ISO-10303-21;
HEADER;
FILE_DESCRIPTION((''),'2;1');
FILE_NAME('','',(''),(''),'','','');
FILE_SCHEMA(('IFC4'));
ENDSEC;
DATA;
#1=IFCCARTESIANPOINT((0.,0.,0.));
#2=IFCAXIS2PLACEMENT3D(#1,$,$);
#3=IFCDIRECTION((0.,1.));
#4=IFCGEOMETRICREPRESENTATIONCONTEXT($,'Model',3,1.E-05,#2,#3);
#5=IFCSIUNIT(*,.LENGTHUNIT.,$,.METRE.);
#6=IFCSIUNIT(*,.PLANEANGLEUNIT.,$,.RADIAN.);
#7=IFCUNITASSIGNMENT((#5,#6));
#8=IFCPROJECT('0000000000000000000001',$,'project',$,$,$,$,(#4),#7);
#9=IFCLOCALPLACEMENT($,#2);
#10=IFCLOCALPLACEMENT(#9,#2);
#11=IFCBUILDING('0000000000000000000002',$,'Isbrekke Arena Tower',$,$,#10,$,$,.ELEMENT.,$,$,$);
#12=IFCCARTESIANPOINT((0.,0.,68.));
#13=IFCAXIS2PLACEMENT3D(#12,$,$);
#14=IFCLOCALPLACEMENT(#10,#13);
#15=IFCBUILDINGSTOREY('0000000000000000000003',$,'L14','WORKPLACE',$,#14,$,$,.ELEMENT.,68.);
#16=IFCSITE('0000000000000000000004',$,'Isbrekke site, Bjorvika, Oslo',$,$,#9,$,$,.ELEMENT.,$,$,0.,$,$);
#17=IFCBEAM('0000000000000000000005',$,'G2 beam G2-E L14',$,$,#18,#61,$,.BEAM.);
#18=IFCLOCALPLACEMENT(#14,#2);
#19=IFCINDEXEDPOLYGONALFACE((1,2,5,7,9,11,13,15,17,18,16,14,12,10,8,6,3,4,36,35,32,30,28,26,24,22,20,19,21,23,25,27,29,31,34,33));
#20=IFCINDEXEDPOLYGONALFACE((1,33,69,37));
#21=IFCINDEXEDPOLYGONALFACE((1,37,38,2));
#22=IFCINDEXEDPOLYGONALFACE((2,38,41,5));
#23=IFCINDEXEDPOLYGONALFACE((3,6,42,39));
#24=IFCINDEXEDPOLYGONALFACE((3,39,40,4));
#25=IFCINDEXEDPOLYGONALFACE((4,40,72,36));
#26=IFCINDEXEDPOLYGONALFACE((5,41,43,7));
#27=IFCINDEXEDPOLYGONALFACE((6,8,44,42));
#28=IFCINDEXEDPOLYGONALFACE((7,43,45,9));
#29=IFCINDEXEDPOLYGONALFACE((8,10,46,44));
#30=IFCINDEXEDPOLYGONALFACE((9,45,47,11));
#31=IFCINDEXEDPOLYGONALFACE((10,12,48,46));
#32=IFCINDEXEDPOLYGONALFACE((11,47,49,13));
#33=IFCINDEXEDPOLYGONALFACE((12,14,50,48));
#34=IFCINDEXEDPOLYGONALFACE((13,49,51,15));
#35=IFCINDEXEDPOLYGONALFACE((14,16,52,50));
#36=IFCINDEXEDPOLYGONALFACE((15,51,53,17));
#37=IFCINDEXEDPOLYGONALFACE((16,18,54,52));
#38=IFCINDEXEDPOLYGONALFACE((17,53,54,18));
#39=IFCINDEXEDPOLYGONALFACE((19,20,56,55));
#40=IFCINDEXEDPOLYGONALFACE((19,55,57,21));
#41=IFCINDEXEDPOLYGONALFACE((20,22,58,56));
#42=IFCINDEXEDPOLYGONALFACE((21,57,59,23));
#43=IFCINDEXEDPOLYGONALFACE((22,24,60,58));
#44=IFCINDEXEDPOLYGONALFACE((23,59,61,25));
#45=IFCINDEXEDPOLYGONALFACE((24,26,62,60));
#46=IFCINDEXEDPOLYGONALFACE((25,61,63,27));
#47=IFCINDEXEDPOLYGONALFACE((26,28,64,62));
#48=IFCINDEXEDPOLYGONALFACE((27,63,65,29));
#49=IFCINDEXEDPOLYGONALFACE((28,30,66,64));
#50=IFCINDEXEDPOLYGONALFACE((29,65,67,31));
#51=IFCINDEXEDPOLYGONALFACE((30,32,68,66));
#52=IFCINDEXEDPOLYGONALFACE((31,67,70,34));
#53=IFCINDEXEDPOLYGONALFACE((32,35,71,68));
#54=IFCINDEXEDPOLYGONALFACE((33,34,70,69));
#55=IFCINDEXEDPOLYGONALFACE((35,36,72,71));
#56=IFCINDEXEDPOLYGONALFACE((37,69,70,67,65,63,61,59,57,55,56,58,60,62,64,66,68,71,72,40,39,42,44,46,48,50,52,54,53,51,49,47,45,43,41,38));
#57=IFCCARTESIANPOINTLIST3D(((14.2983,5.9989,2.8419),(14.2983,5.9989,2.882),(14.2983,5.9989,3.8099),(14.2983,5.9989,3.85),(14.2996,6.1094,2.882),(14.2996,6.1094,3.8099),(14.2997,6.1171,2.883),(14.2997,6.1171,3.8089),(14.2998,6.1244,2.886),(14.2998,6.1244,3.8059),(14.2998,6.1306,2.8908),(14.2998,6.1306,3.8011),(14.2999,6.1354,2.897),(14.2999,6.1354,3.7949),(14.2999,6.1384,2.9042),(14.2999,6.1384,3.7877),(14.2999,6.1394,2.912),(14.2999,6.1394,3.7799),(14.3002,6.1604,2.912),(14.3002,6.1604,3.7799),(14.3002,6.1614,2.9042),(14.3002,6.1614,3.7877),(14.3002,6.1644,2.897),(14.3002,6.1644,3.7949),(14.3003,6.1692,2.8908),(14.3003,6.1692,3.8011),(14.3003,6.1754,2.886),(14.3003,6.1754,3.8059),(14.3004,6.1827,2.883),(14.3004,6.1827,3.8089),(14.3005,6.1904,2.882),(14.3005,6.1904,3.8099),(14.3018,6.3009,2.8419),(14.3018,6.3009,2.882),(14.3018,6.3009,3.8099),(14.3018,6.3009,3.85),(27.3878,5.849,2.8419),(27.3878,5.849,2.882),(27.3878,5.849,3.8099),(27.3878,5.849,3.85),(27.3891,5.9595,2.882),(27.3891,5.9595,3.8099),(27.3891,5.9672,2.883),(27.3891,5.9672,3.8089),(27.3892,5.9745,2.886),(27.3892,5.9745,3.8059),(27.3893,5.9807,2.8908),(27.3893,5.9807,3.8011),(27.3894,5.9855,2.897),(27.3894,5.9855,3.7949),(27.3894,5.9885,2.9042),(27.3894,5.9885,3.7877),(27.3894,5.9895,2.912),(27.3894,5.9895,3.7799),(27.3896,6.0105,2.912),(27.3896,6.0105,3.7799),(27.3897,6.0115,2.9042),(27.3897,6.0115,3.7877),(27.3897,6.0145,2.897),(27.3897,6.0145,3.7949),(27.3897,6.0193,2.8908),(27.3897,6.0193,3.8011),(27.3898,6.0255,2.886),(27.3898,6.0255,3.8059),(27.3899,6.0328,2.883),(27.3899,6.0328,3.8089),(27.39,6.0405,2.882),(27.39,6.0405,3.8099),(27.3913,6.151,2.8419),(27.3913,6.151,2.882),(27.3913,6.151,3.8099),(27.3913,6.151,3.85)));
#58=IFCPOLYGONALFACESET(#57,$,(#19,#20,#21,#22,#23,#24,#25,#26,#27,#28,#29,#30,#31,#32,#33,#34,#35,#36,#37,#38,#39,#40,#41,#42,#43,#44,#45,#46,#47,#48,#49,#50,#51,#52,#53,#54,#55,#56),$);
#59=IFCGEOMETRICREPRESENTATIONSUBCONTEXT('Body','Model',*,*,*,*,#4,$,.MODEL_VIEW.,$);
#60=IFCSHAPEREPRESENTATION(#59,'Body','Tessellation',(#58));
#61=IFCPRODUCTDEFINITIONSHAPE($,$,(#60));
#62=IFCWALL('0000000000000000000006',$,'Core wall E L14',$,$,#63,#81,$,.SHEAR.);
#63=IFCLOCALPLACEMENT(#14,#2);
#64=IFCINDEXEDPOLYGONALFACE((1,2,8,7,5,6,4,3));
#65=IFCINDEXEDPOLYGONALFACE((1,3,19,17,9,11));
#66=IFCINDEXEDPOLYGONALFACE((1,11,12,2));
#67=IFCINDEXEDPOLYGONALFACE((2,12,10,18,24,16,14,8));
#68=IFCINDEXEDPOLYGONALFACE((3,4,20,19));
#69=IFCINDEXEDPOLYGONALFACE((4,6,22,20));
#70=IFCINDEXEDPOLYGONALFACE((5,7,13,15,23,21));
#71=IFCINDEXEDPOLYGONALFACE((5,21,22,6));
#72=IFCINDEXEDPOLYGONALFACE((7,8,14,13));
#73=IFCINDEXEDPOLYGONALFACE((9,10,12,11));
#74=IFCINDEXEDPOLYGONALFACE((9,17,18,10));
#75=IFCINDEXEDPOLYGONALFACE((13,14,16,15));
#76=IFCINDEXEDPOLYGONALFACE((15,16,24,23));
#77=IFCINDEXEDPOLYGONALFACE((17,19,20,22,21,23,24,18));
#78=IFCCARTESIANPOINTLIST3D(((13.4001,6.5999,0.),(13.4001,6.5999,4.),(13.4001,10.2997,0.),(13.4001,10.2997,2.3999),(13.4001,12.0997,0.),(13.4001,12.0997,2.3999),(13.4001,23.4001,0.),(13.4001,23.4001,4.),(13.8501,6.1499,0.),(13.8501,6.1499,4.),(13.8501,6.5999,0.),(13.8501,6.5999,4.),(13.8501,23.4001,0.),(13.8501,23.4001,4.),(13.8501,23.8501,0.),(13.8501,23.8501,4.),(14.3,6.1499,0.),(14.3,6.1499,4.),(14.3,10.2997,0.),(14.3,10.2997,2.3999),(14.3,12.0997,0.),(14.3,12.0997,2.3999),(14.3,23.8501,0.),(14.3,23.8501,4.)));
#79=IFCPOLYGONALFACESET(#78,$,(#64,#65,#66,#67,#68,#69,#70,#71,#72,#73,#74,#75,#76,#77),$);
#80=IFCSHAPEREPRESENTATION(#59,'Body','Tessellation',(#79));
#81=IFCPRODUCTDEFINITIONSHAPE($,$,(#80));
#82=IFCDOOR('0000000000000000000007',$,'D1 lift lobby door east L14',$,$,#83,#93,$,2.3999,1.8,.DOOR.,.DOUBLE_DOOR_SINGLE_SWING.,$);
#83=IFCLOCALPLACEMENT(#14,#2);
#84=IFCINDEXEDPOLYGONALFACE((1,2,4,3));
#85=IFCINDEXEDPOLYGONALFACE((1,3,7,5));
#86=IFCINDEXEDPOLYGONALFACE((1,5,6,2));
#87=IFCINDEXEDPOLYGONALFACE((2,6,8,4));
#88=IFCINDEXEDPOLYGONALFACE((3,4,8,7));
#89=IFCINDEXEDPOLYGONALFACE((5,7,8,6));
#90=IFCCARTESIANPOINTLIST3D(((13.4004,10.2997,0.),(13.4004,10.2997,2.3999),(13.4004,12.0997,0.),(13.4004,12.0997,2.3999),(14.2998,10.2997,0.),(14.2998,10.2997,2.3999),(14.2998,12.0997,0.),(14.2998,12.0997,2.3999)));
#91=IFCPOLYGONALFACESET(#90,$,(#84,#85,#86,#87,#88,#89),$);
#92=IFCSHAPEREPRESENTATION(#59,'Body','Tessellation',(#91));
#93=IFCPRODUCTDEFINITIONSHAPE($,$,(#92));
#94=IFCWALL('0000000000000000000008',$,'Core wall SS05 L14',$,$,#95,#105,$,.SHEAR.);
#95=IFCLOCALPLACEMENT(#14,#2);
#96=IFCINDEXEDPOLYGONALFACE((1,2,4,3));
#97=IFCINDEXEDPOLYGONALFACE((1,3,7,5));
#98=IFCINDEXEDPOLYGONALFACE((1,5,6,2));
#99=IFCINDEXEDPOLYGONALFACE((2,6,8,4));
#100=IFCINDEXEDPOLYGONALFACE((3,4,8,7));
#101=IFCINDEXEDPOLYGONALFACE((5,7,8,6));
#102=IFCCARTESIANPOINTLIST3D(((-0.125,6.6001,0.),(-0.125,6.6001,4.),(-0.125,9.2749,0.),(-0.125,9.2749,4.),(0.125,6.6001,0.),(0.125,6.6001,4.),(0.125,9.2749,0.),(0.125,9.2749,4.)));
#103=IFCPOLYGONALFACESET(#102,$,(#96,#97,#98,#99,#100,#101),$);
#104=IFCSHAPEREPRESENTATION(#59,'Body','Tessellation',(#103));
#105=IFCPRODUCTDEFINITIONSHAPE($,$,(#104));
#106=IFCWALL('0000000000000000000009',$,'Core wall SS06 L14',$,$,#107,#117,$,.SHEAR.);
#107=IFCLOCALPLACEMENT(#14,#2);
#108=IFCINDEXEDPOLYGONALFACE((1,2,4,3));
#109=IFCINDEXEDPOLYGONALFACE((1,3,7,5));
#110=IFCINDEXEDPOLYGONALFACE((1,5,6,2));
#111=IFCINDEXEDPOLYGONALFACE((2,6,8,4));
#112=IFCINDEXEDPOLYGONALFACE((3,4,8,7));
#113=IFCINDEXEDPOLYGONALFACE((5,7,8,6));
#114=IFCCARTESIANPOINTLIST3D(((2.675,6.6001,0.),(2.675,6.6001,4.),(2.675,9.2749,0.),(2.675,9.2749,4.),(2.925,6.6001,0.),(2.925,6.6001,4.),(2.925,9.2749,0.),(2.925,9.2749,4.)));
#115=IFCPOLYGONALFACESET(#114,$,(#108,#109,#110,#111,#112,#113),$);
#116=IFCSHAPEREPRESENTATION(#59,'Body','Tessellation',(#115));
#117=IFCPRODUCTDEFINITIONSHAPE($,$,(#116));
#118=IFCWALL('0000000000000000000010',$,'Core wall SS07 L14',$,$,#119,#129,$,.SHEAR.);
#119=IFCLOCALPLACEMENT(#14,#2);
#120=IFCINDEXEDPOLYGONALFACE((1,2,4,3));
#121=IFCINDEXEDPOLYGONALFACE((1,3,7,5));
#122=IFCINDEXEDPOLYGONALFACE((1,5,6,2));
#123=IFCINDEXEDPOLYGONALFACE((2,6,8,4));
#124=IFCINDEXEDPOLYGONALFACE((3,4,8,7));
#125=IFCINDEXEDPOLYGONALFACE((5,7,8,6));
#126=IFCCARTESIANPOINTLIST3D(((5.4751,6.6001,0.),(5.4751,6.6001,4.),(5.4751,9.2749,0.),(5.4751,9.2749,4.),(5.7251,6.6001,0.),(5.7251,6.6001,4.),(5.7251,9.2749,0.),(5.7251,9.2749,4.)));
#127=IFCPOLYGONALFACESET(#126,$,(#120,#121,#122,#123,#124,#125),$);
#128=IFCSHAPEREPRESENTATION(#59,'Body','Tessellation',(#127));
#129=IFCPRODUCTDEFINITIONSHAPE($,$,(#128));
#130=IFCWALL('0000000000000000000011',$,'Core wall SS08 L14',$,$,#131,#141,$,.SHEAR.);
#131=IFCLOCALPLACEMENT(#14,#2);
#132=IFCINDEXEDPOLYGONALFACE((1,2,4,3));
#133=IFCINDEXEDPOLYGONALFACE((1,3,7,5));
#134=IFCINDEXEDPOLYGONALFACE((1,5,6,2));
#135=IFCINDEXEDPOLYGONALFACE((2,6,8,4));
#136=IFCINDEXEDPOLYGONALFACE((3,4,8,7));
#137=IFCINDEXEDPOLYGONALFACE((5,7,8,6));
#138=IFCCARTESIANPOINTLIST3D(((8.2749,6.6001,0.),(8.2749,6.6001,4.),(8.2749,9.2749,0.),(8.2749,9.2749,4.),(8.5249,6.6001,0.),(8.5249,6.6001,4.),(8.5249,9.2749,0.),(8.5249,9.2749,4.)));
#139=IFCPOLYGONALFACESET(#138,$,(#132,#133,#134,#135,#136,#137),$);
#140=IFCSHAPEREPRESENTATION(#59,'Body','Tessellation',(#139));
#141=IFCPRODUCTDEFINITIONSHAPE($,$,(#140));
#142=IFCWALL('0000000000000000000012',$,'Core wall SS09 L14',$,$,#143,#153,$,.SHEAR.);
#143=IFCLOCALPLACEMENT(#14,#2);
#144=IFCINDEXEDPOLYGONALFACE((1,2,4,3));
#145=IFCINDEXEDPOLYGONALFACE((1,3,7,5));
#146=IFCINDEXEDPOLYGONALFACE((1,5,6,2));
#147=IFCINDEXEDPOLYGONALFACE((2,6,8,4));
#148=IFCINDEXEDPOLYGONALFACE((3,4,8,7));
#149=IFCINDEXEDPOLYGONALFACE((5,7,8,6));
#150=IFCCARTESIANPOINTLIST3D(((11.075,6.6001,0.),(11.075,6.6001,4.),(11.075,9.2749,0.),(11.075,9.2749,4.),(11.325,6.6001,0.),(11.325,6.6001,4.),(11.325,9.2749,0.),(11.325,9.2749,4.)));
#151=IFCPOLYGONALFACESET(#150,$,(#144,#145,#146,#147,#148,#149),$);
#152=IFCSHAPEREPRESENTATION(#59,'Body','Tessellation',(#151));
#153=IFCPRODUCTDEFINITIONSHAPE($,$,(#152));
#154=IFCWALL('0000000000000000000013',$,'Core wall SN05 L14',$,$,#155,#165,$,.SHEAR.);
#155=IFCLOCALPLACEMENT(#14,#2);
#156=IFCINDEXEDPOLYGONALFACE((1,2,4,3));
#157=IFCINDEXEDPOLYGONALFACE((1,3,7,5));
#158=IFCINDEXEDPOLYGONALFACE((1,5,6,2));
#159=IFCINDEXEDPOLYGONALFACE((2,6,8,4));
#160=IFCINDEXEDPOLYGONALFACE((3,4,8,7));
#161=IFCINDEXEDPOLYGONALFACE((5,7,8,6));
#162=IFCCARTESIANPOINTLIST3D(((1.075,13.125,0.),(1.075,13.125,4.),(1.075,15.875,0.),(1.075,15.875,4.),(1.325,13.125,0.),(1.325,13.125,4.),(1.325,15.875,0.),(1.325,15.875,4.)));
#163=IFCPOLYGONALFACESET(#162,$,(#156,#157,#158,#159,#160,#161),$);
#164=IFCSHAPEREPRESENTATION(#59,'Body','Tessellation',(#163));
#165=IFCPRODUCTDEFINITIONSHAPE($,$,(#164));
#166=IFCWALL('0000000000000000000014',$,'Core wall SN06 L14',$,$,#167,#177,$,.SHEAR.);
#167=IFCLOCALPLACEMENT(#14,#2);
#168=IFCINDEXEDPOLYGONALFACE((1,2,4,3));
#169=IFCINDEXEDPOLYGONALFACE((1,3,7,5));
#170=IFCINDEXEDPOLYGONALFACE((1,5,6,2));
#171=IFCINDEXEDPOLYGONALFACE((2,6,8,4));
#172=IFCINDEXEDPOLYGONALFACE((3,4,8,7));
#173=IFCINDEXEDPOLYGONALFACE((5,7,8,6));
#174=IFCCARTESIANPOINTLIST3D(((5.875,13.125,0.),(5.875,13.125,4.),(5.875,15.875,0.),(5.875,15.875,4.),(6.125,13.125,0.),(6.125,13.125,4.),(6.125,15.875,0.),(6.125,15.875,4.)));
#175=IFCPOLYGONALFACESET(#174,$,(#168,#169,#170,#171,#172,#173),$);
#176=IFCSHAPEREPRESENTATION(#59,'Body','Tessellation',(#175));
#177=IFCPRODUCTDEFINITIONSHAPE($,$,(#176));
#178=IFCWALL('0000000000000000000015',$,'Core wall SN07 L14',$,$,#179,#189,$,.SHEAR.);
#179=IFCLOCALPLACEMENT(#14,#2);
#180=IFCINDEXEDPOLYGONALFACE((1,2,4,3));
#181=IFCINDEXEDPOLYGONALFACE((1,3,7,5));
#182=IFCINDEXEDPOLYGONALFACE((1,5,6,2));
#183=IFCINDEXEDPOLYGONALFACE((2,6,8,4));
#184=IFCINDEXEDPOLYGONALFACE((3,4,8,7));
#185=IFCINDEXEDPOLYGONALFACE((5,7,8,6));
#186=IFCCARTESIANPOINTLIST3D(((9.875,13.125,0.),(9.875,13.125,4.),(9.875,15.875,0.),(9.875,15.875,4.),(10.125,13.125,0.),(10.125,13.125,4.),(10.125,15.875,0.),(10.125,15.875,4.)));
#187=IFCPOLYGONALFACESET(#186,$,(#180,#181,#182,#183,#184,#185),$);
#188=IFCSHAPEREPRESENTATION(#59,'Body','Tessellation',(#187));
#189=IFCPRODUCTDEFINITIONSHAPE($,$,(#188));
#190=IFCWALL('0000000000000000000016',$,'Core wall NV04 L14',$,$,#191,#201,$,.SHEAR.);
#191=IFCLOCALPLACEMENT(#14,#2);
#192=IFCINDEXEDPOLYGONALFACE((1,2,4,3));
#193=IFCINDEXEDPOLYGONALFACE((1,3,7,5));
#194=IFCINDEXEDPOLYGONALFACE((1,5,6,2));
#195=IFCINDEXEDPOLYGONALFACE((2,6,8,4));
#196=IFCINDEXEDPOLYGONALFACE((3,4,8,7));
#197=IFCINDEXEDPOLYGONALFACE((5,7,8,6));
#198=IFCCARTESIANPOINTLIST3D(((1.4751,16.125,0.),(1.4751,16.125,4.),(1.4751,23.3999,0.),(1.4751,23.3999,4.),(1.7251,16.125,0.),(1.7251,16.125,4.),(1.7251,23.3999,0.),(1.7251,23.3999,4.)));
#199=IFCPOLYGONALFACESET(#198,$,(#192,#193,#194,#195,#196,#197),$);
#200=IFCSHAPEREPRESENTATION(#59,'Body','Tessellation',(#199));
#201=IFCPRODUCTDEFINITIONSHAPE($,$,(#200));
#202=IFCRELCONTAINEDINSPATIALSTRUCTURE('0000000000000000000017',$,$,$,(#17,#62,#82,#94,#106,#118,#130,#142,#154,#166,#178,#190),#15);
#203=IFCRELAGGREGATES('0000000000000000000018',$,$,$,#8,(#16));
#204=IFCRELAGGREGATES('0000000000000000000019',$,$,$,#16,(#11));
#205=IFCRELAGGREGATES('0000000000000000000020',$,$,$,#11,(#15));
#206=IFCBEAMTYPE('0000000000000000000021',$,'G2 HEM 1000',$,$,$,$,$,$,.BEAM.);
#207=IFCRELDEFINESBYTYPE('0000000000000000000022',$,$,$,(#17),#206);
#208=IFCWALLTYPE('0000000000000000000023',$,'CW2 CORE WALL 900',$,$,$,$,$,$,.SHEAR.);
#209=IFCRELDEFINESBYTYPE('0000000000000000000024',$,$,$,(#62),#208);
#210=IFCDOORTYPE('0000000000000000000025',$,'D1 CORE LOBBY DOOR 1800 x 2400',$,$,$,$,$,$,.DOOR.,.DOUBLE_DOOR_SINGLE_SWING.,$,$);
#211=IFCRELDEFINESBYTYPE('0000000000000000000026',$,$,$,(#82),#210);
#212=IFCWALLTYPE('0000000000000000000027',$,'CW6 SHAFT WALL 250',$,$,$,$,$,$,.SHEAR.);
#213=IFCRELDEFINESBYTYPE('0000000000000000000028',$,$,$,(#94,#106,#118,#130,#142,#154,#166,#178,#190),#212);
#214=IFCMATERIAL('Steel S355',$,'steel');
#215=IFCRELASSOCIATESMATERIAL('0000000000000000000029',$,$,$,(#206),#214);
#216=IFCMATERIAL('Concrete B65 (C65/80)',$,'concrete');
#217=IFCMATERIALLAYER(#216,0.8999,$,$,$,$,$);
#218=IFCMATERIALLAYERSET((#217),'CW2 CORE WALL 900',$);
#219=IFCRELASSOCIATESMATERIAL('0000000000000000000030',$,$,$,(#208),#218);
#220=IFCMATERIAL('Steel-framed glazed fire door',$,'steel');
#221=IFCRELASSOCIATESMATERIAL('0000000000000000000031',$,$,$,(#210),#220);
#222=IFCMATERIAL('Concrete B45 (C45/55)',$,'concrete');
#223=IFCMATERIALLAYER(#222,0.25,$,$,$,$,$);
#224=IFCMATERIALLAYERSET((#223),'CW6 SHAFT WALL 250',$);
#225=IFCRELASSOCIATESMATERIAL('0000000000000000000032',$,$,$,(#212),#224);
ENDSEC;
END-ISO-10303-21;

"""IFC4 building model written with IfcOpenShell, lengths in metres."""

from ifc_helpers import new_model, si_unit, direction, frame, frame_2d, origin, origin_2d, place, context, subcontext, project, spatial, polyline, rectangle, i_section, outline, extrude, material, layer, layer_set, material_profile, profile_set, type_object, element, fill, save


model = new_model("IFC4")

# Units and contexts
model_context = context("Model", 3, precision=1e-05, world=origin(), true_north=direction((0.0, 1.0)))
body_context = subcontext(model_context, "Body", "Model", "MODEL_VIEW")
ifc_project = project(units=[si_unit("LENGTHUNIT", "METRE"), si_unit("PLANEANGLEUNIT", "RADIAN")], contexts=[model_context])

# Site, building, storey
site_placement = place(None, origin())
site = spatial("IfcSite", under=ifc_project, at=site_placement, Name="Isbrekke site, Bjorvika, Oslo", CompositionType="ELEMENT", RefElevation=0.0)
building_placement = place(site_placement, origin())
building = spatial("IfcBuilding", under=site, at=building_placement, Name="Isbrekke Arena Tower", CompositionType="ELEMENT")
storey_placement = place(building_placement, frame((0.0, 0.0, 68.0)))
storey = spatial("IfcBuildingStorey", under=building, at=storey_placement, Name="L14", Description="WORKPLACE", CompositionType="ELEMENT", Elevation=68.0)

# Beam
ifc_material_1 = material(Name="Steel S355", Category="steel")
ifc_material_profile = material_profile(ifc_material_1, i_section(OverallWidth=0.302, OverallDepth=1.0081, WebThickness=0.021, FlangeThickness=0.04, FilletRadius=0.03, at=origin_2d()), Name="HEM 1000")
ifc_profile_set = profile_set([ifc_material_profile], Name="Steel S355")
beam_type = type_object("IfcBeamType", Name="G2 HEM 1000", PredefinedType="BEAM", material=ifc_profile_set)
beam_placement = place(storey_placement, frame((14.3, 6.1499, 3.3459), z_axis=(0.999934, -0.011451, 0.0), x_axis=(0.011451, 0.999934, 0.0)))
element("IfcBeam", 1, at=beam_placement, inside=storey, type_object=beam_type, Name="G2 beam G2-E L14", PredefinedType="BEAM", context=body_context, shape_type="SweptSolid", body=[
    extrude(i_section(OverallWidth=0.302, OverallDepth=1.0081, WebThickness=0.021, FlangeThickness=0.04, FilletRadius=0.03, at=origin_2d()), origin(), (0.0, 0.0, 1.0), 13.0903),
])

# Wall, opening, door
ifc_material_2 = material(Name="Concrete B65 (C65/80)", Category="concrete")
ifc_layer_1 = layer(ifc_material_2, 0.8999)
ifc_layer_set_1 = layer_set([ifc_layer_1], Name="CW2 CORE WALL 900")
wall_type_1 = type_object("IfcWallType", Name="CW2 CORE WALL 900", PredefinedType="SHEAR", material=ifc_layer_set_1)
wall_1_placement = place(storey_placement, frame((13.8501, 6.1499, 0.0), z_axis=(0.0, 0.0, 1.0), x_axis=(0.0, 1.0, 0.0)))
wall_1 = element("IfcWall", 2, at=wall_1_placement, inside=storey, type_object=wall_type_1, Name="Core wall E L14", PredefinedType="SHEAR", context=body_context, shape_type="SweptSolid", body=[
    extrude(outline(polyline([(0.0, -0.45), (17.7002, -0.45), (17.7002, 0.0), (17.2502, 0.0), (17.2502, 0.45), (0.45, 0.45), (0.45, 0.0), (0.0, 0.0), (0.0, -0.45)])), origin(), (0.0, 0.0, 1.0), 4.0),
])
opening_1_placement = place(wall_1_placement, frame((4.1499, 0.0, 0.0)))
opening_1 = element("IfcOpeningElement", 3, at=opening_1_placement, cuts=wall_1, PredefinedType="OPENING", context=body_context, shape_type="SweptSolid", body=[
    extrude(rectangle(XDim=1.8, YDim=2.3999, at=frame_2d((0.8999, 1.2))), frame((0.0, 0.4648, 0.0), z_axis=(0.0, -1.0, 0.0), x_axis=(1.0, 0.0, 0.0)), (0.0, 0.0, 1.0), 0.9297),
])
ifc_material_3 = material(Name="Steel-framed glazed fire door", Category="steel")
door_type_1 = type_object("IfcDoorType", Name="D1 CORE LOBBY DOOR 1800 x 2400", OperationType="DOUBLE_DOOR_SINGLE_SWING", PredefinedType="DOOR", material=ifc_material_3)
door_1_placement = place(opening_1_placement, origin())
door_1 = element("IfcDoor", 4, at=door_1_placement, inside=storey, type_object=door_type_1, Name="D1 lift lobby door east L14", OperationType="DOUBLE_DOOR_SINGLE_SWING", OverallHeight=2.3999, OverallWidth=1.8, PredefinedType="DOOR", context=body_context, shape_type="SweptSolid", body=[
    extrude(rectangle(XDim=1.8, YDim=2.3999, at=frame_2d((0.8999, 1.2))), frame((0.0, 0.4497, 0.0), z_axis=(0.0, -1.0, 0.0), x_axis=(1.0, 0.0, 0.0)), (0.0, 0.0, 1.0), 0.8994),
])
fill(opening_1, door_1)

# Walls
ifc_material_4 = material(Name="Concrete B45 (C45/55)", Category="concrete")
ifc_layer_2 = layer(ifc_material_4, 0.25)
ifc_layer_set_2 = layer_set([ifc_layer_2], Name="CW6 SHAFT WALL 250")
wall_type_2 = type_object("IfcWallType", Name="CW6 SHAFT WALL 250", PredefinedType="SHEAR", material=ifc_layer_set_2)
for number, where, z_axis, x_axis, name in (
    (5, (0.0, 6.6001, 0.0), (0.0, 0.0, 1.0), (0.0, 1.0, 0.0), "Core wall SS05 L14"),
    (6, (2.8, 6.6001, 0.0), (0.0, 0.0, 1.0), (0.0, 1.0, 0.0), "Core wall SS06 L14"),
    (7, (5.6001, 6.6001, 0.0), (0.0, 0.0, 1.0), (0.0, 1.0, 0.0), "Core wall SS07 L14"),
    (8, (8.3999, 6.6001, 0.0), (0.0, 0.0, 1.0), (0.0, 1.0, 0.0), "Core wall SS08 L14"),
    (9, (11.2, 6.6001, 0.0), (0.0, 0.0, 1.0), (0.0, 1.0, 0.0), "Core wall SS09 L14"),
):
    element("IfcWall", number, at=place(storey_placement, frame(where, z_axis=z_axis, x_axis=x_axis)), inside=storey, type_object=wall_type_2, Name=name, PredefinedType="SHEAR", context=body_context, shape_type="SweptSolid", body=[
        extrude(rectangle(XDim=2.6748, YDim=0.25, at=frame_2d((1.3374, 0.0))), origin(), (0.0, 0.0, 1.0), 4.0),
    ])
for number, where, z_axis, x_axis, name in (
    (10, (1.2, 13.125, 0.0), (0.0, 0.0, 1.0), (0.0, 1.0, 0.0), "Core wall SN05 L14"),
    (11, (6.0, 13.125, 0.0), (0.0, 0.0, 1.0), (0.0, 1.0, 0.0), "Core wall SN06 L14"),
    (12, (10.0, 13.125, 0.0), (0.0, 0.0, 1.0), (0.0, 1.0, 0.0), "Core wall SN07 L14"),
):
    element("IfcWall", number, at=place(storey_placement, frame(where, z_axis=z_axis, x_axis=x_axis)), inside=storey, type_object=wall_type_2, Name=name, PredefinedType="SHEAR", context=body_context, shape_type="SweptSolid", body=[
        extrude(rectangle(XDim=2.75, YDim=0.25, at=frame_2d((1.375, 0.0))), origin(), (0.0, 0.0, 1.0), 4.0),
    ])
for number, where, z_axis, x_axis, name in (
    (13, (1.6001, 16.125, 0.0), (0.0, 0.0, 1.0), (0.0, 1.0, 0.0), "Core wall NV04 L14"),
):
    element("IfcWall", number, at=place(storey_placement, frame(where, z_axis=z_axis, x_axis=x_axis)), inside=storey, type_object=wall_type_2, Name=name, PredefinedType="SHEAR", context=body_context, shape_type="SweptSolid", body=[
        extrude(rectangle(XDim=7.2749, YDim=0.25, at=frame_2d((3.6375, 0.0))), origin(), (0.0, 0.0, 1.0), 4.0),
    ])

save(model, "model.ifc")
